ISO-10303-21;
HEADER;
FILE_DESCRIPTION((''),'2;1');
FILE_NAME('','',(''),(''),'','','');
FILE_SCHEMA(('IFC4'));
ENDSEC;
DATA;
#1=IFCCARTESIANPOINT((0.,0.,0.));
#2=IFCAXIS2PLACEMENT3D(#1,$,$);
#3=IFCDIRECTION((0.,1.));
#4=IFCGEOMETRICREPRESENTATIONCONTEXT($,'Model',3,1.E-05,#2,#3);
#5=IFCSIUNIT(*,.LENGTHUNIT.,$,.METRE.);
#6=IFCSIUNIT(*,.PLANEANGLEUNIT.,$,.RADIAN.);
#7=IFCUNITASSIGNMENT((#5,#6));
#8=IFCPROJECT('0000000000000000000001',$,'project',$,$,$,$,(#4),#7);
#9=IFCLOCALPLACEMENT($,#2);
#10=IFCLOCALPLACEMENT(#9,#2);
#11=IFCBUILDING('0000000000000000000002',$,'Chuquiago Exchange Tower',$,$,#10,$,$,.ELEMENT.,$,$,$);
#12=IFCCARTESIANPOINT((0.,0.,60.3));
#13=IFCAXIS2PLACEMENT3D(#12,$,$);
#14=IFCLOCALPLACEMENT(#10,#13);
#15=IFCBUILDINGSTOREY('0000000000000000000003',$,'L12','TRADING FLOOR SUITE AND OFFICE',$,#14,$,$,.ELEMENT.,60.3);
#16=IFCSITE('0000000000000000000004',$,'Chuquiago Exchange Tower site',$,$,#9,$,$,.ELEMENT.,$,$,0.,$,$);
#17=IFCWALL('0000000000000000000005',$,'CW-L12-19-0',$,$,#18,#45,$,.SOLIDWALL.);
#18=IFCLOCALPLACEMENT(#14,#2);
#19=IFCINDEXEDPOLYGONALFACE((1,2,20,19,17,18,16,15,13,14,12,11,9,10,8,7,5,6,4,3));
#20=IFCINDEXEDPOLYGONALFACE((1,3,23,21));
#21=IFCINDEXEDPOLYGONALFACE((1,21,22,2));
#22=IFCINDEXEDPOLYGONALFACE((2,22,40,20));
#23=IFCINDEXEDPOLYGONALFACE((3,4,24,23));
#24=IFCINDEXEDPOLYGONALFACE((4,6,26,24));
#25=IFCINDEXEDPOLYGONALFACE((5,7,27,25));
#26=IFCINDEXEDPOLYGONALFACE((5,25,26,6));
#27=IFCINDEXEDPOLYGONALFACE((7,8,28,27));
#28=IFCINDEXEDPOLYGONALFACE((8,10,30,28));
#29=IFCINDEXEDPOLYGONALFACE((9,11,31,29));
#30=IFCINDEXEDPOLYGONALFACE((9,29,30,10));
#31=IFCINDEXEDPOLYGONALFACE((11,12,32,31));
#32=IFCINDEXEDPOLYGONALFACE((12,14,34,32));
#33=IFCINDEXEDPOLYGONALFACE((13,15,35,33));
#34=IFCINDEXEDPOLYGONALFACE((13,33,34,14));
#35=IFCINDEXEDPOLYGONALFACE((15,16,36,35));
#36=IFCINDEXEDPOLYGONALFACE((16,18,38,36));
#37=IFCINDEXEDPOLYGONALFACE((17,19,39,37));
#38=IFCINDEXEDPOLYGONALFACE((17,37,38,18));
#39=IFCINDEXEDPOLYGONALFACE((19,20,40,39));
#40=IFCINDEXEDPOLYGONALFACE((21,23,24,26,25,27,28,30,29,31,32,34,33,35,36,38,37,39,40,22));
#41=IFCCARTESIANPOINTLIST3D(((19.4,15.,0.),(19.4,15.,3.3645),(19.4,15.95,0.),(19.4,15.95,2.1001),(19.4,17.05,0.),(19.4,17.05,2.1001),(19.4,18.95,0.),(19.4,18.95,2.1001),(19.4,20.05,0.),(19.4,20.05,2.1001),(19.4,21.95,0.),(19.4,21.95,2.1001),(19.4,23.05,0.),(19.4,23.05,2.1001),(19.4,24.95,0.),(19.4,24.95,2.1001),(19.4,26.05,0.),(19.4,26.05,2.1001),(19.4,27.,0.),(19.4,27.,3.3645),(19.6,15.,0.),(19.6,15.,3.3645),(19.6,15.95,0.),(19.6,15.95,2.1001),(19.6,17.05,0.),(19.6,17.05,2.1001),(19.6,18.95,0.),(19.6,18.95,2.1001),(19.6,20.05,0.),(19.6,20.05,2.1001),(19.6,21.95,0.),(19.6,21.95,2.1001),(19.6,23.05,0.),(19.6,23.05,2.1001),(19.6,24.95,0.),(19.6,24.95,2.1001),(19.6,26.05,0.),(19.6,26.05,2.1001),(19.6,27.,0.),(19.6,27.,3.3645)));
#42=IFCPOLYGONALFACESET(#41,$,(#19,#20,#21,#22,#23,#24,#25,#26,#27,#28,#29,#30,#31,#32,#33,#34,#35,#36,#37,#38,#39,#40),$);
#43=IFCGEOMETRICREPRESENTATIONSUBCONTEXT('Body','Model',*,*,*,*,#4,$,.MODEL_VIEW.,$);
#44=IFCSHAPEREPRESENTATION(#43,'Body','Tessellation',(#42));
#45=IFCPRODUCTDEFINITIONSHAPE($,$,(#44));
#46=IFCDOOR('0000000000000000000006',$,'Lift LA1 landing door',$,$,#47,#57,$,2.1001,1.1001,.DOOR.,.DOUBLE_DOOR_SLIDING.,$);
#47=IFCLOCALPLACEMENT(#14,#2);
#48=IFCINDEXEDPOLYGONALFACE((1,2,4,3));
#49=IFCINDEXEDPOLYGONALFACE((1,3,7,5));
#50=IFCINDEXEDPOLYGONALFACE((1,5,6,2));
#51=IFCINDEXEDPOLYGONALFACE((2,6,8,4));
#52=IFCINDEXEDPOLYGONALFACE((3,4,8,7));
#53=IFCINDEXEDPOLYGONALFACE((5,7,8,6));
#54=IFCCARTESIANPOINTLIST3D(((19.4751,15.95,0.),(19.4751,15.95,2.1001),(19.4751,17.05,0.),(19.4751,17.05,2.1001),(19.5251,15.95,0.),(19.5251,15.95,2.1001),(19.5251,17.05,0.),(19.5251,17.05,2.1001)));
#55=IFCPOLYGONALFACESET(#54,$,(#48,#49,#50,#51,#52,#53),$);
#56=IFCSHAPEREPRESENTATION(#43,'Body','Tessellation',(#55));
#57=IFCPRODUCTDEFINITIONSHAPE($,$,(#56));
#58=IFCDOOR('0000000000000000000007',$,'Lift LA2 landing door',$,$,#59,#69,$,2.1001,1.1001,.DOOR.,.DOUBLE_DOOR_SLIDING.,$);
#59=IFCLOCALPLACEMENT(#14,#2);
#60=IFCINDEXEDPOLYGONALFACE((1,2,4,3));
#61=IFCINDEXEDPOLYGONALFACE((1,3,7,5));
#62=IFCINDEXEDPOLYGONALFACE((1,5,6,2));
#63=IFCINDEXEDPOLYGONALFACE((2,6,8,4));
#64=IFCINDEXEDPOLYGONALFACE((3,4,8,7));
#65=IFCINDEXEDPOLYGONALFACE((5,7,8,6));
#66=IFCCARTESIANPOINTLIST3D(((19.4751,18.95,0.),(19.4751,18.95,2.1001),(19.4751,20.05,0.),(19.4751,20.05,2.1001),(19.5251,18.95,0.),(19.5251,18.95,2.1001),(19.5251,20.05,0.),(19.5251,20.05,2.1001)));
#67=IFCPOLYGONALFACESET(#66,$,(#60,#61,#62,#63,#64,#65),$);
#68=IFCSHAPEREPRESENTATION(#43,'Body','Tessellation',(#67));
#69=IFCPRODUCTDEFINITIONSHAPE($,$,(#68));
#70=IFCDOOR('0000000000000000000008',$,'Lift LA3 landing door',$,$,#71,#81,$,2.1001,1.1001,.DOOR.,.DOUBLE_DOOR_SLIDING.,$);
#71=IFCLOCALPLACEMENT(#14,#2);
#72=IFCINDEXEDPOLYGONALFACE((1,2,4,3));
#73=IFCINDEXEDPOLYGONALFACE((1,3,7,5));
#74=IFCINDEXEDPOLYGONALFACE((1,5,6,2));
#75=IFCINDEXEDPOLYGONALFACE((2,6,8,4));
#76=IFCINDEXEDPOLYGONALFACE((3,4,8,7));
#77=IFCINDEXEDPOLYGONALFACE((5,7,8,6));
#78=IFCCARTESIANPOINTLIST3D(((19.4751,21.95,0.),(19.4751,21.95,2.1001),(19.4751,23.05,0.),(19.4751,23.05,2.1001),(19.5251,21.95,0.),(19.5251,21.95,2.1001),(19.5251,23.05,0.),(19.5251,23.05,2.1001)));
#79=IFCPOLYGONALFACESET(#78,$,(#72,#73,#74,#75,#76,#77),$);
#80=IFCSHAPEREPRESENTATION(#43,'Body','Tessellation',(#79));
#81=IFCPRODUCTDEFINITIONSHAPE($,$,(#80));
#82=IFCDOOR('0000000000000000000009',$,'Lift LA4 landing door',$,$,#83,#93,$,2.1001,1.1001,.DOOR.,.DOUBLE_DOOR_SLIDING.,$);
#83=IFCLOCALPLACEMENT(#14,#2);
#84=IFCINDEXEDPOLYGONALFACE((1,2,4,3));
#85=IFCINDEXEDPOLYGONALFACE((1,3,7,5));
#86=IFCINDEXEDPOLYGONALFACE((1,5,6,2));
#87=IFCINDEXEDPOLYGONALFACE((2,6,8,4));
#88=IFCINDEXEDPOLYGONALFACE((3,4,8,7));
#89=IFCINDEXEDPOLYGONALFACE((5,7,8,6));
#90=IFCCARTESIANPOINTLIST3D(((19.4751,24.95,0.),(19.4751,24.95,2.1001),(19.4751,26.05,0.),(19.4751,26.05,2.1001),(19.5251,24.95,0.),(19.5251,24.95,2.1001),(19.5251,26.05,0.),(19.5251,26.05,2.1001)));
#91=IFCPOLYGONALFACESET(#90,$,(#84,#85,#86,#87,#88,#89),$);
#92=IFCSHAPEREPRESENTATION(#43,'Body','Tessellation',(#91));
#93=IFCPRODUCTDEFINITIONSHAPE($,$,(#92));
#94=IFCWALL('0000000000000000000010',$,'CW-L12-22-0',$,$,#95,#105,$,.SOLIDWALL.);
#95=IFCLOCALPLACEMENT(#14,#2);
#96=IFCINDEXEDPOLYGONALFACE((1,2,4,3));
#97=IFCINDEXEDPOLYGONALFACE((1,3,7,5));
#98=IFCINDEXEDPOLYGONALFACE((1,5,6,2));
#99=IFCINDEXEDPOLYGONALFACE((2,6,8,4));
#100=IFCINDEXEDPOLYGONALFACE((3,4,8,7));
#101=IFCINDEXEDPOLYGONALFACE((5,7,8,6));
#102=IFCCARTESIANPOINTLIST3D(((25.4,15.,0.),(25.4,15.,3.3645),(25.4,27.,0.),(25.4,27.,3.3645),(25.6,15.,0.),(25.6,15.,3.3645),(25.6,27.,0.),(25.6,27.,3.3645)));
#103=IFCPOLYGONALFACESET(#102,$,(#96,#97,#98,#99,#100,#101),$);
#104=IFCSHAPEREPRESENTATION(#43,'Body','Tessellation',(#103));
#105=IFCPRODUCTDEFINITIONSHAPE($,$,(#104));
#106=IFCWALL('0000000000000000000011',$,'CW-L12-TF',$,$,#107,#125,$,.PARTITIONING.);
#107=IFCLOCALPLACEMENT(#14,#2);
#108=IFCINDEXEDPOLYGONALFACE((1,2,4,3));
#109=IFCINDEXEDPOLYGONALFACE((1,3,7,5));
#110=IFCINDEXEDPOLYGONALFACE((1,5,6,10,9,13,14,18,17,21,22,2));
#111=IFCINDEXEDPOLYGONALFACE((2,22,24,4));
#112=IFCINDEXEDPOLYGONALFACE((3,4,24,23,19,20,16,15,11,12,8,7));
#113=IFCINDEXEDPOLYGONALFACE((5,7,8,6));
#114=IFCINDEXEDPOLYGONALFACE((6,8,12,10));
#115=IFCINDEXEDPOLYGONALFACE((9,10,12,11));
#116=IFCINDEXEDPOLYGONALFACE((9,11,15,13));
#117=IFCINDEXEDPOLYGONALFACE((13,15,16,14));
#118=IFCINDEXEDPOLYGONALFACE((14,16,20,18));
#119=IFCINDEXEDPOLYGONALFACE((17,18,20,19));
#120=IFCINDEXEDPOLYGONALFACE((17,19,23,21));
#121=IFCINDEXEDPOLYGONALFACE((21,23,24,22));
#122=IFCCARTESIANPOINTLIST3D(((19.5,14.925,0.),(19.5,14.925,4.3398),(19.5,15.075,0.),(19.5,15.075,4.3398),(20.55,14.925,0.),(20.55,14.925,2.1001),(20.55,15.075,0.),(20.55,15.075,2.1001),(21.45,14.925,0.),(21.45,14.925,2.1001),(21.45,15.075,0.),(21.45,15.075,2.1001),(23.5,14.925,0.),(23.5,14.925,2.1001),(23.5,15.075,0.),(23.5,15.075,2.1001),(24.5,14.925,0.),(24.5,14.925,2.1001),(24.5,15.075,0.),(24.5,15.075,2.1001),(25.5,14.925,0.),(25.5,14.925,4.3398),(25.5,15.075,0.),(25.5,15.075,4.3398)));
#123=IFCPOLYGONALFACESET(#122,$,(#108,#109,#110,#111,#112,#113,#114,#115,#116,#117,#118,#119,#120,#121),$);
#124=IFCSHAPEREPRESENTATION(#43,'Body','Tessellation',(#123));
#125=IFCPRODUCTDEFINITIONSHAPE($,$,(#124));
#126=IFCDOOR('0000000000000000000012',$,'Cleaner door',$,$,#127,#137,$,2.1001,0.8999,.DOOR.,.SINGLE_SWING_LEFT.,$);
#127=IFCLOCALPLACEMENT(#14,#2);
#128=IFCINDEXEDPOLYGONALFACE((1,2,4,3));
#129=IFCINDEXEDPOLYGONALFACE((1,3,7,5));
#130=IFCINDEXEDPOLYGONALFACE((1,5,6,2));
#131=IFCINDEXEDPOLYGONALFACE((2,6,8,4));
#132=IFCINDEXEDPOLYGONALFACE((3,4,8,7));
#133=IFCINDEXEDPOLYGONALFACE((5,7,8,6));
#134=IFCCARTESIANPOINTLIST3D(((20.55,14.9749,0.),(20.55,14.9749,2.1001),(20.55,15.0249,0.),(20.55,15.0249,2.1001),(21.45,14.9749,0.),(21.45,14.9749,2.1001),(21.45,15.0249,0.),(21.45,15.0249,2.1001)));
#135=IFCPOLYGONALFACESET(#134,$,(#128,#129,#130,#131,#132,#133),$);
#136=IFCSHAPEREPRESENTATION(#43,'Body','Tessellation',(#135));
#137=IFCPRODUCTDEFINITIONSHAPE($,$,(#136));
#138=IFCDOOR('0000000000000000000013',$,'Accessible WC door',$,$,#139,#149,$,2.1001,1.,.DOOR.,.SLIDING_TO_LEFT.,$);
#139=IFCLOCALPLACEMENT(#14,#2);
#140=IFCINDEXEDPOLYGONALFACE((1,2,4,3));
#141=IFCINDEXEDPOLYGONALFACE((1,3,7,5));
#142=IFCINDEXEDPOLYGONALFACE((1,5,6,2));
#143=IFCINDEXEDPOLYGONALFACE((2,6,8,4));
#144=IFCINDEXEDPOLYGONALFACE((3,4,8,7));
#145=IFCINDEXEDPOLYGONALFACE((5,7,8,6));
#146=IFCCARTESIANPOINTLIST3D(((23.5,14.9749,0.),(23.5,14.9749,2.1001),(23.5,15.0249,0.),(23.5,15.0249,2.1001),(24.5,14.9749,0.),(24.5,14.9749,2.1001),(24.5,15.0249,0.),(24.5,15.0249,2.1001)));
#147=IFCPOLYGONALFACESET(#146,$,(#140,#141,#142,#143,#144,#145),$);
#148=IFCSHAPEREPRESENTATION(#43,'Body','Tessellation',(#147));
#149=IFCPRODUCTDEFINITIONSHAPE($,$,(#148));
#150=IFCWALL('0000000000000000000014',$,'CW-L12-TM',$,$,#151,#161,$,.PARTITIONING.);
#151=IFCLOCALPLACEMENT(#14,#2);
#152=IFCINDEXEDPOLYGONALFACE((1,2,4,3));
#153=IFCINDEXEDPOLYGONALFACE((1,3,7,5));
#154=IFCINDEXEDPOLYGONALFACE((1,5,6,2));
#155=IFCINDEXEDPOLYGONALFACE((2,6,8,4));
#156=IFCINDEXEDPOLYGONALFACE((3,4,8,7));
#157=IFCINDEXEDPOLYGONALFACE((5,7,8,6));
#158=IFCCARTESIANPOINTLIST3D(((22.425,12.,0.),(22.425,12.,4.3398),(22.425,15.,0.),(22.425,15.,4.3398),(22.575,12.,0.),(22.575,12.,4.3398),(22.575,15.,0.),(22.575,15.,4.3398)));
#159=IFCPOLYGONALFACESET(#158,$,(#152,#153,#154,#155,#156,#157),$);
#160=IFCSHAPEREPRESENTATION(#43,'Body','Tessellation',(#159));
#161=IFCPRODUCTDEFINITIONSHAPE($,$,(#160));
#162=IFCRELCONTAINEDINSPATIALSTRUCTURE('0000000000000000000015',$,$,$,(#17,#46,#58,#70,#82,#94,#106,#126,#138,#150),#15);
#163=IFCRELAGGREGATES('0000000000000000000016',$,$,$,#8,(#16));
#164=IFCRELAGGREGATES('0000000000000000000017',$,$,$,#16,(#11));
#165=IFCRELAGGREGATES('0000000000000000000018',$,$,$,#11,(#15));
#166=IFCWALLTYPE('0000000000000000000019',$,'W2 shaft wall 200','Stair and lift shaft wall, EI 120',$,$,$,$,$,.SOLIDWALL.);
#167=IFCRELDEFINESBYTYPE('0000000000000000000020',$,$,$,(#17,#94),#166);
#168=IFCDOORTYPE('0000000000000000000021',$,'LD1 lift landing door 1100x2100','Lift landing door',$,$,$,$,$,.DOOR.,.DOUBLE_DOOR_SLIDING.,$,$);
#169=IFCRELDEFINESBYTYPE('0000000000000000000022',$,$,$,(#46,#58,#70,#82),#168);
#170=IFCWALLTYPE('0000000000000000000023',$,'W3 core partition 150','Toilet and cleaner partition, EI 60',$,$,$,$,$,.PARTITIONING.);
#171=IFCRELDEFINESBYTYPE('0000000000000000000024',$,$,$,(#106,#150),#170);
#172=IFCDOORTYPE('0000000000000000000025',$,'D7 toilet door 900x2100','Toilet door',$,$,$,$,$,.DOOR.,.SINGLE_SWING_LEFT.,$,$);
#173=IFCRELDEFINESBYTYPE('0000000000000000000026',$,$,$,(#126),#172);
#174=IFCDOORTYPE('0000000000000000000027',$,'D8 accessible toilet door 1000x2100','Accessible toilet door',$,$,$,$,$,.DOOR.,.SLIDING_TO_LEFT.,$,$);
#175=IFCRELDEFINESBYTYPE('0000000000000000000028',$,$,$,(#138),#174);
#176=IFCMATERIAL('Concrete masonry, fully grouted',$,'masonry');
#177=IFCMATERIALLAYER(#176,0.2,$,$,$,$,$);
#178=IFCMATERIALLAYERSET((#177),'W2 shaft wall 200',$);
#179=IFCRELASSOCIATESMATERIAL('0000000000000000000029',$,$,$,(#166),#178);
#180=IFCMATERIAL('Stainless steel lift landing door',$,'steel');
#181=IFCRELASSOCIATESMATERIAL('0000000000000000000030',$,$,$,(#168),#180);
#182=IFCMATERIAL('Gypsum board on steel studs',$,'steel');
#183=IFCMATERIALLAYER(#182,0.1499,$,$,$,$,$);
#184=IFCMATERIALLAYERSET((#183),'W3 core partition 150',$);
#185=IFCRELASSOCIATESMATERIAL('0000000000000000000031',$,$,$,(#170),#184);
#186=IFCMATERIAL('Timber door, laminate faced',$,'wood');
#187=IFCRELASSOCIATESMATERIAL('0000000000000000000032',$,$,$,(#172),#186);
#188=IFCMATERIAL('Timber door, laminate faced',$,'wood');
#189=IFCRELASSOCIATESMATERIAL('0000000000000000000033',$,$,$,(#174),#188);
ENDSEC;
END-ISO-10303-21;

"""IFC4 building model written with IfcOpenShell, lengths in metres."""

from ifc_helpers import new_model, si_unit, direction, frame, frame_2d, origin, place, context, subcontext, project, spatial, rectangle, extrude, material, layer, layer_set, type_object, element, fill, save


model = new_model("IFC4")

# Units and contexts
model_context = context("Model", 3, precision=1e-05, world=origin(), true_north=direction((0.0, 1.0)))
body_context = subcontext(model_context, "Body", "Model", "MODEL_VIEW")
ifc_project = project(units=[si_unit("LENGTHUNIT", "METRE"), si_unit("PLANEANGLEUNIT", "RADIAN")], contexts=[model_context])

# Site, building, storey
site_placement = place(None, origin())
site = spatial("IfcSite", under=ifc_project, at=site_placement, Name="Chuquiago Exchange Tower site", CompositionType="ELEMENT", RefElevation=0.0)
building_placement = place(site_placement, origin())
building = spatial("IfcBuilding", under=site, at=building_placement, Name="Chuquiago Exchange Tower", CompositionType="ELEMENT")
storey_placement = place(building_placement, frame((0.0, 0.0, 60.3)))
storey = spatial("IfcBuildingStorey", under=building, at=storey_placement, Name="L12", Description="TRADING FLOOR SUITE AND OFFICE", CompositionType="ELEMENT", Elevation=60.3)

# Shared definitions
ifc_material_1 = material(Name="Concrete masonry, fully grouted", Category="masonry")
ifc_layer_1 = layer(ifc_material_1, 0.2)
ifc_layer_set_1 = layer_set([ifc_layer_1], Name="W2 shaft wall 200")
wall_type_1 = type_object("IfcWallType", Name="W2 shaft wall 200", Description="Stair and lift shaft wall, EI 120", PredefinedType="SOLIDWALL", material=ifc_layer_set_1)

# Wall, openings, doors
wall_1_placement = place(storey_placement, frame((19.5, 15.0, 0.0), z_axis=(0.0, 0.0, 1.0), x_axis=(0.0, 1.0, 0.0)))
wall_1 = element("IfcWall", 1, at=wall_1_placement, inside=storey, type_object=wall_type_1, Name="CW-L12-19-0", PredefinedType="SOLIDWALL", context=body_context, shape_type="SweptSolid", body=[
    extrude(rectangle(XDim=12.0, YDim=0.2, at=frame_2d((6.0, 0.0))), origin(), (0.0, 0.0, 1.0), 3.3645),
])
opening_1_placement = place(wall_1_placement, frame((0.95, 0.0, 0.0)))
opening_1 = element("IfcOpeningElement", 2, at=opening_1_placement, cuts=wall_1, PredefinedType="OPENING", context=body_context, shape_type="SweptSolid", body=[
    extrude(rectangle(XDim=1.1001, YDim=2.1001, at=frame_2d((0.55, 1.05))), frame((0.0, 0.1099, 0.0), z_axis=(0.0, -1.0, 0.0), x_axis=(1.0, 0.0, 0.0)), (0.0, 0.0, 1.0), 0.22),
])
opening_2_placement = place(wall_1_placement, frame((3.95, 0.0, 0.0)))
opening_2 = element("IfcOpeningElement", 3, at=opening_2_placement, cuts=wall_1, PredefinedType="OPENING", context=body_context, shape_type="SweptSolid", body=[
    extrude(rectangle(XDim=1.1001, YDim=2.1001, at=frame_2d((0.55, 1.05))), frame((0.0, 0.1099, 0.0), z_axis=(0.0, -1.0, 0.0), x_axis=(1.0, 0.0, 0.0)), (0.0, 0.0, 1.0), 0.22),
])
opening_3_placement = place(wall_1_placement, frame((6.95, 0.0, 0.0)))
opening_3 = element("IfcOpeningElement", 4, at=opening_3_placement, cuts=wall_1, PredefinedType="OPENING", context=body_context, shape_type="SweptSolid", body=[
    extrude(rectangle(XDim=1.1001, YDim=2.1001, at=frame_2d((0.55, 1.05))), frame((0.0, 0.1099, 0.0), z_axis=(0.0, -1.0, 0.0), x_axis=(1.0, 0.0, 0.0)), (0.0, 0.0, 1.0), 0.22),
])
opening_4_placement = place(wall_1_placement, frame((9.95, 0.0, 0.0)))
opening_4 = element("IfcOpeningElement", 5, at=opening_4_placement, cuts=wall_1, PredefinedType="OPENING", context=body_context, shape_type="SweptSolid", body=[
    extrude(rectangle(XDim=1.1001, YDim=2.1001, at=frame_2d((0.55, 1.05))), frame((0.0, 0.1099, 0.0), z_axis=(0.0, -1.0, 0.0), x_axis=(1.0, 0.0, 0.0)), (0.0, 0.0, 1.0), 0.22),
])
ifc_material_2 = material(Name="Stainless steel lift landing door", Category="steel")
door_type_1 = type_object("IfcDoorType", Name="LD1 lift landing door 1100x2100", Description="Lift landing door", OperationType="DOUBLE_DOOR_SLIDING", PredefinedType="DOOR", material=ifc_material_2)
door_1_placement = place(opening_1_placement, origin())
door_1 = element("IfcDoor", 6, at=door_1_placement, inside=storey, type_object=door_type_1, Name="Lift LA1 landing door", OperationType="DOUBLE_DOOR_SLIDING", OverallHeight=2.1001, OverallWidth=1.1001, PredefinedType="DOOR", context=body_context, shape_type="SweptSolid", body=[
    extrude(rectangle(XDim=1.1001, YDim=2.1001, at=frame_2d((0.55, 1.05))), frame((0.0, 0.0249, 0.0), z_axis=(0.0, -1.0, 0.0), x_axis=(1.0, 0.0, 0.0)), (0.0, 0.0, 1.0), 0.05),
])
fill(opening_1, door_1)
door_2_placement = place(opening_2_placement, origin())
door_2 = element("IfcDoor", 7, at=door_2_placement, inside=storey, type_object=door_type_1, Name="Lift LA2 landing door", OperationType="DOUBLE_DOOR_SLIDING", OverallHeight=2.1001, OverallWidth=1.1001, PredefinedType="DOOR", context=body_context, shape_type="SweptSolid", body=[
    extrude(rectangle(XDim=1.1001, YDim=2.1001, at=frame_2d((0.55, 1.05))), frame((0.0, 0.0249, 0.0), z_axis=(0.0, -1.0, 0.0), x_axis=(1.0, 0.0, 0.0)), (0.0, 0.0, 1.0), 0.05),
])
fill(opening_2, door_2)
door_3_placement = place(opening_3_placement, origin())
door_3 = element("IfcDoor", 8, at=door_3_placement, inside=storey, type_object=door_type_1, Name="Lift LA3 landing door", OperationType="DOUBLE_DOOR_SLIDING", OverallHeight=2.1001, OverallWidth=1.1001, PredefinedType="DOOR", context=body_context, shape_type="SweptSolid", body=[
    extrude(rectangle(XDim=1.1001, YDim=2.1001, at=frame_2d((0.55, 1.05))), frame((0.0, 0.0249, 0.0), z_axis=(0.0, -1.0, 0.0), x_axis=(1.0, 0.0, 0.0)), (0.0, 0.0, 1.0), 0.05),
])
fill(opening_3, door_3)
door_4_placement = place(opening_4_placement, origin())
door_4 = element("IfcDoor", 9, at=door_4_placement, inside=storey, type_object=door_type_1, Name="Lift LA4 landing door", OperationType="DOUBLE_DOOR_SLIDING", OverallHeight=2.1001, OverallWidth=1.1001, PredefinedType="DOOR", context=body_context, shape_type="SweptSolid", body=[
    extrude(rectangle(XDim=1.1001, YDim=2.1001, at=frame_2d((0.55, 1.05))), frame((0.0, 0.0249, 0.0), z_axis=(0.0, -1.0, 0.0), x_axis=(1.0, 0.0, 0.0)), (0.0, 0.0, 1.0), 0.05),
])
fill(opening_4, door_4)

# Wall
wall_2_placement = place(storey_placement, frame((25.5, 15.0, 0.0), z_axis=(0.0, 0.0, 1.0), x_axis=(0.0, 1.0, 0.0)))
element("IfcWall", 10, at=wall_2_placement, inside=storey, type_object=wall_type_1, Name="CW-L12-22-0", PredefinedType="SOLIDWALL", context=body_context, shape_type="SweptSolid", body=[
    extrude(rectangle(XDim=12.0, YDim=0.2, at=frame_2d((6.0, 0.0))), origin(), (0.0, 0.0, 1.0), 3.3645),
])

# Wall, openings, doors
ifc_material_3 = material(Name="Gypsum board on steel studs", Category="steel")
ifc_layer_2 = layer(ifc_material_3, 0.1499)
ifc_layer_set_2 = layer_set([ifc_layer_2], Name="W3 core partition 150")
wall_type_2 = type_object("IfcWallType", Name="W3 core partition 150", Description="Toilet and cleaner partition, EI 60", PredefinedType="PARTITIONING", material=ifc_layer_set_2)
wall_3_placement = place(storey_placement, frame((19.5, 15.0, 0.0), z_axis=(0.0, 0.0, 1.0), x_axis=(1.0, 0.0, 0.0)))
wall_3 = element("IfcWall", 11, at=wall_3_placement, inside=storey, type_object=wall_type_2, Name="CW-L12-TF", PredefinedType="PARTITIONING", context=body_context, shape_type="SweptSolid", body=[
    extrude(rectangle(XDim=6.0, YDim=0.1499, at=frame_2d((3.0, 0.0))), origin(), (0.0, 0.0, 1.0), 4.3398),
])
opening_5_placement = place(wall_3_placement, frame((4.0, 0.0, 0.0)))
opening_5 = element("IfcOpeningElement", 12, at=opening_5_placement, cuts=wall_3, PredefinedType="OPENING", context=body_context, shape_type="SweptSolid", body=[
    extrude(rectangle(XDim=1.0, YDim=2.1001, at=frame_2d((0.5, 1.05))), frame((0.0, 0.085, 0.0), z_axis=(0.0, -1.0, 0.0), x_axis=(1.0, 0.0, 0.0)), (0.0, 0.0, 1.0), 0.1699),
])
opening_6_placement = place(wall_3_placement, frame((1.05, 0.0, 0.0)))
opening_6 = element("IfcOpeningElement", 13, at=opening_6_placement, cuts=wall_3, PredefinedType="OPENING", context=body_context, shape_type="SweptSolid", body=[
    extrude(rectangle(XDim=0.8999, YDim=2.1001, at=frame_2d((0.45, 1.05))), frame((0.0, 0.085, 0.0), z_axis=(0.0, -1.0, 0.0), x_axis=(1.0, 0.0, 0.0)), (0.0, 0.0, 1.0), 0.1699),
])
ifc_material_4 = material(Name="Timber door, laminate faced", Category="wood")
door_type_2 = type_object("IfcDoorType", Name="D7 toilet door 900x2100", Description="Toilet door", OperationType="SINGLE_SWING_LEFT", PredefinedType="DOOR", material=ifc_material_4)
door_5_placement = place(opening_6_placement, origin())
door_5 = element("IfcDoor", 14, at=door_5_placement, inside=storey, type_object=door_type_2, Name="Cleaner door", OperationType="SINGLE_SWING_LEFT", OverallHeight=2.1001, OverallWidth=0.8999, PredefinedType="DOOR", context=body_context, shape_type="SweptSolid", body=[
    extrude(rectangle(XDim=0.8999, YDim=2.1001, at=frame_2d((0.45, 1.05))), frame((0.0, 0.0249, 0.0), z_axis=(0.0, -1.0, 0.0), x_axis=(1.0, 0.0, 0.0)), (0.0, 0.0, 1.0), 0.05),
])
fill(opening_6, door_5)
ifc_material_5 = material(Name="Timber door, laminate faced", Category="wood")
door_type_3 = type_object("IfcDoorType", Name="D8 accessible toilet door 1000x2100", Description="Accessible toilet door", OperationType="SLIDING_TO_LEFT", PredefinedType="DOOR", material=ifc_material_5)
door_6_placement = place(opening_5_placement, origin())
door_6 = element("IfcDoor", 15, at=door_6_placement, inside=storey, type_object=door_type_3, Name="Accessible WC door", OperationType="SLIDING_TO_LEFT", OverallHeight=2.1001, OverallWidth=1.0, PredefinedType="DOOR", context=body_context, shape_type="SweptSolid", body=[
    extrude(rectangle(XDim=1.0, YDim=2.1001, at=frame_2d((0.5, 1.05))), frame((0.0, 0.0249, 0.0), z_axis=(0.0, -1.0, 0.0), x_axis=(1.0, 0.0, 0.0)), (0.0, 0.0, 1.0), 0.05),
])
fill(opening_5, door_6)

# Wall
wall_4_placement = place(storey_placement, frame((22.5, 15.0, 0.0), z_axis=(0.0, 0.0, 1.0), x_axis=(0.0, -1.0, 0.0)))
element("IfcWall", 16, at=wall_4_placement, inside=storey, type_object=wall_type_2, Name="CW-L12-TM", PredefinedType="PARTITIONING", context=body_context, shape_type="SweptSolid", body=[
    extrude(rectangle(XDim=3.0, YDim=0.1499, at=frame_2d((1.5, 0.0))), origin(), (0.0, 0.0, 1.0), 4.3398),
])

save(model, "model.ifc")
